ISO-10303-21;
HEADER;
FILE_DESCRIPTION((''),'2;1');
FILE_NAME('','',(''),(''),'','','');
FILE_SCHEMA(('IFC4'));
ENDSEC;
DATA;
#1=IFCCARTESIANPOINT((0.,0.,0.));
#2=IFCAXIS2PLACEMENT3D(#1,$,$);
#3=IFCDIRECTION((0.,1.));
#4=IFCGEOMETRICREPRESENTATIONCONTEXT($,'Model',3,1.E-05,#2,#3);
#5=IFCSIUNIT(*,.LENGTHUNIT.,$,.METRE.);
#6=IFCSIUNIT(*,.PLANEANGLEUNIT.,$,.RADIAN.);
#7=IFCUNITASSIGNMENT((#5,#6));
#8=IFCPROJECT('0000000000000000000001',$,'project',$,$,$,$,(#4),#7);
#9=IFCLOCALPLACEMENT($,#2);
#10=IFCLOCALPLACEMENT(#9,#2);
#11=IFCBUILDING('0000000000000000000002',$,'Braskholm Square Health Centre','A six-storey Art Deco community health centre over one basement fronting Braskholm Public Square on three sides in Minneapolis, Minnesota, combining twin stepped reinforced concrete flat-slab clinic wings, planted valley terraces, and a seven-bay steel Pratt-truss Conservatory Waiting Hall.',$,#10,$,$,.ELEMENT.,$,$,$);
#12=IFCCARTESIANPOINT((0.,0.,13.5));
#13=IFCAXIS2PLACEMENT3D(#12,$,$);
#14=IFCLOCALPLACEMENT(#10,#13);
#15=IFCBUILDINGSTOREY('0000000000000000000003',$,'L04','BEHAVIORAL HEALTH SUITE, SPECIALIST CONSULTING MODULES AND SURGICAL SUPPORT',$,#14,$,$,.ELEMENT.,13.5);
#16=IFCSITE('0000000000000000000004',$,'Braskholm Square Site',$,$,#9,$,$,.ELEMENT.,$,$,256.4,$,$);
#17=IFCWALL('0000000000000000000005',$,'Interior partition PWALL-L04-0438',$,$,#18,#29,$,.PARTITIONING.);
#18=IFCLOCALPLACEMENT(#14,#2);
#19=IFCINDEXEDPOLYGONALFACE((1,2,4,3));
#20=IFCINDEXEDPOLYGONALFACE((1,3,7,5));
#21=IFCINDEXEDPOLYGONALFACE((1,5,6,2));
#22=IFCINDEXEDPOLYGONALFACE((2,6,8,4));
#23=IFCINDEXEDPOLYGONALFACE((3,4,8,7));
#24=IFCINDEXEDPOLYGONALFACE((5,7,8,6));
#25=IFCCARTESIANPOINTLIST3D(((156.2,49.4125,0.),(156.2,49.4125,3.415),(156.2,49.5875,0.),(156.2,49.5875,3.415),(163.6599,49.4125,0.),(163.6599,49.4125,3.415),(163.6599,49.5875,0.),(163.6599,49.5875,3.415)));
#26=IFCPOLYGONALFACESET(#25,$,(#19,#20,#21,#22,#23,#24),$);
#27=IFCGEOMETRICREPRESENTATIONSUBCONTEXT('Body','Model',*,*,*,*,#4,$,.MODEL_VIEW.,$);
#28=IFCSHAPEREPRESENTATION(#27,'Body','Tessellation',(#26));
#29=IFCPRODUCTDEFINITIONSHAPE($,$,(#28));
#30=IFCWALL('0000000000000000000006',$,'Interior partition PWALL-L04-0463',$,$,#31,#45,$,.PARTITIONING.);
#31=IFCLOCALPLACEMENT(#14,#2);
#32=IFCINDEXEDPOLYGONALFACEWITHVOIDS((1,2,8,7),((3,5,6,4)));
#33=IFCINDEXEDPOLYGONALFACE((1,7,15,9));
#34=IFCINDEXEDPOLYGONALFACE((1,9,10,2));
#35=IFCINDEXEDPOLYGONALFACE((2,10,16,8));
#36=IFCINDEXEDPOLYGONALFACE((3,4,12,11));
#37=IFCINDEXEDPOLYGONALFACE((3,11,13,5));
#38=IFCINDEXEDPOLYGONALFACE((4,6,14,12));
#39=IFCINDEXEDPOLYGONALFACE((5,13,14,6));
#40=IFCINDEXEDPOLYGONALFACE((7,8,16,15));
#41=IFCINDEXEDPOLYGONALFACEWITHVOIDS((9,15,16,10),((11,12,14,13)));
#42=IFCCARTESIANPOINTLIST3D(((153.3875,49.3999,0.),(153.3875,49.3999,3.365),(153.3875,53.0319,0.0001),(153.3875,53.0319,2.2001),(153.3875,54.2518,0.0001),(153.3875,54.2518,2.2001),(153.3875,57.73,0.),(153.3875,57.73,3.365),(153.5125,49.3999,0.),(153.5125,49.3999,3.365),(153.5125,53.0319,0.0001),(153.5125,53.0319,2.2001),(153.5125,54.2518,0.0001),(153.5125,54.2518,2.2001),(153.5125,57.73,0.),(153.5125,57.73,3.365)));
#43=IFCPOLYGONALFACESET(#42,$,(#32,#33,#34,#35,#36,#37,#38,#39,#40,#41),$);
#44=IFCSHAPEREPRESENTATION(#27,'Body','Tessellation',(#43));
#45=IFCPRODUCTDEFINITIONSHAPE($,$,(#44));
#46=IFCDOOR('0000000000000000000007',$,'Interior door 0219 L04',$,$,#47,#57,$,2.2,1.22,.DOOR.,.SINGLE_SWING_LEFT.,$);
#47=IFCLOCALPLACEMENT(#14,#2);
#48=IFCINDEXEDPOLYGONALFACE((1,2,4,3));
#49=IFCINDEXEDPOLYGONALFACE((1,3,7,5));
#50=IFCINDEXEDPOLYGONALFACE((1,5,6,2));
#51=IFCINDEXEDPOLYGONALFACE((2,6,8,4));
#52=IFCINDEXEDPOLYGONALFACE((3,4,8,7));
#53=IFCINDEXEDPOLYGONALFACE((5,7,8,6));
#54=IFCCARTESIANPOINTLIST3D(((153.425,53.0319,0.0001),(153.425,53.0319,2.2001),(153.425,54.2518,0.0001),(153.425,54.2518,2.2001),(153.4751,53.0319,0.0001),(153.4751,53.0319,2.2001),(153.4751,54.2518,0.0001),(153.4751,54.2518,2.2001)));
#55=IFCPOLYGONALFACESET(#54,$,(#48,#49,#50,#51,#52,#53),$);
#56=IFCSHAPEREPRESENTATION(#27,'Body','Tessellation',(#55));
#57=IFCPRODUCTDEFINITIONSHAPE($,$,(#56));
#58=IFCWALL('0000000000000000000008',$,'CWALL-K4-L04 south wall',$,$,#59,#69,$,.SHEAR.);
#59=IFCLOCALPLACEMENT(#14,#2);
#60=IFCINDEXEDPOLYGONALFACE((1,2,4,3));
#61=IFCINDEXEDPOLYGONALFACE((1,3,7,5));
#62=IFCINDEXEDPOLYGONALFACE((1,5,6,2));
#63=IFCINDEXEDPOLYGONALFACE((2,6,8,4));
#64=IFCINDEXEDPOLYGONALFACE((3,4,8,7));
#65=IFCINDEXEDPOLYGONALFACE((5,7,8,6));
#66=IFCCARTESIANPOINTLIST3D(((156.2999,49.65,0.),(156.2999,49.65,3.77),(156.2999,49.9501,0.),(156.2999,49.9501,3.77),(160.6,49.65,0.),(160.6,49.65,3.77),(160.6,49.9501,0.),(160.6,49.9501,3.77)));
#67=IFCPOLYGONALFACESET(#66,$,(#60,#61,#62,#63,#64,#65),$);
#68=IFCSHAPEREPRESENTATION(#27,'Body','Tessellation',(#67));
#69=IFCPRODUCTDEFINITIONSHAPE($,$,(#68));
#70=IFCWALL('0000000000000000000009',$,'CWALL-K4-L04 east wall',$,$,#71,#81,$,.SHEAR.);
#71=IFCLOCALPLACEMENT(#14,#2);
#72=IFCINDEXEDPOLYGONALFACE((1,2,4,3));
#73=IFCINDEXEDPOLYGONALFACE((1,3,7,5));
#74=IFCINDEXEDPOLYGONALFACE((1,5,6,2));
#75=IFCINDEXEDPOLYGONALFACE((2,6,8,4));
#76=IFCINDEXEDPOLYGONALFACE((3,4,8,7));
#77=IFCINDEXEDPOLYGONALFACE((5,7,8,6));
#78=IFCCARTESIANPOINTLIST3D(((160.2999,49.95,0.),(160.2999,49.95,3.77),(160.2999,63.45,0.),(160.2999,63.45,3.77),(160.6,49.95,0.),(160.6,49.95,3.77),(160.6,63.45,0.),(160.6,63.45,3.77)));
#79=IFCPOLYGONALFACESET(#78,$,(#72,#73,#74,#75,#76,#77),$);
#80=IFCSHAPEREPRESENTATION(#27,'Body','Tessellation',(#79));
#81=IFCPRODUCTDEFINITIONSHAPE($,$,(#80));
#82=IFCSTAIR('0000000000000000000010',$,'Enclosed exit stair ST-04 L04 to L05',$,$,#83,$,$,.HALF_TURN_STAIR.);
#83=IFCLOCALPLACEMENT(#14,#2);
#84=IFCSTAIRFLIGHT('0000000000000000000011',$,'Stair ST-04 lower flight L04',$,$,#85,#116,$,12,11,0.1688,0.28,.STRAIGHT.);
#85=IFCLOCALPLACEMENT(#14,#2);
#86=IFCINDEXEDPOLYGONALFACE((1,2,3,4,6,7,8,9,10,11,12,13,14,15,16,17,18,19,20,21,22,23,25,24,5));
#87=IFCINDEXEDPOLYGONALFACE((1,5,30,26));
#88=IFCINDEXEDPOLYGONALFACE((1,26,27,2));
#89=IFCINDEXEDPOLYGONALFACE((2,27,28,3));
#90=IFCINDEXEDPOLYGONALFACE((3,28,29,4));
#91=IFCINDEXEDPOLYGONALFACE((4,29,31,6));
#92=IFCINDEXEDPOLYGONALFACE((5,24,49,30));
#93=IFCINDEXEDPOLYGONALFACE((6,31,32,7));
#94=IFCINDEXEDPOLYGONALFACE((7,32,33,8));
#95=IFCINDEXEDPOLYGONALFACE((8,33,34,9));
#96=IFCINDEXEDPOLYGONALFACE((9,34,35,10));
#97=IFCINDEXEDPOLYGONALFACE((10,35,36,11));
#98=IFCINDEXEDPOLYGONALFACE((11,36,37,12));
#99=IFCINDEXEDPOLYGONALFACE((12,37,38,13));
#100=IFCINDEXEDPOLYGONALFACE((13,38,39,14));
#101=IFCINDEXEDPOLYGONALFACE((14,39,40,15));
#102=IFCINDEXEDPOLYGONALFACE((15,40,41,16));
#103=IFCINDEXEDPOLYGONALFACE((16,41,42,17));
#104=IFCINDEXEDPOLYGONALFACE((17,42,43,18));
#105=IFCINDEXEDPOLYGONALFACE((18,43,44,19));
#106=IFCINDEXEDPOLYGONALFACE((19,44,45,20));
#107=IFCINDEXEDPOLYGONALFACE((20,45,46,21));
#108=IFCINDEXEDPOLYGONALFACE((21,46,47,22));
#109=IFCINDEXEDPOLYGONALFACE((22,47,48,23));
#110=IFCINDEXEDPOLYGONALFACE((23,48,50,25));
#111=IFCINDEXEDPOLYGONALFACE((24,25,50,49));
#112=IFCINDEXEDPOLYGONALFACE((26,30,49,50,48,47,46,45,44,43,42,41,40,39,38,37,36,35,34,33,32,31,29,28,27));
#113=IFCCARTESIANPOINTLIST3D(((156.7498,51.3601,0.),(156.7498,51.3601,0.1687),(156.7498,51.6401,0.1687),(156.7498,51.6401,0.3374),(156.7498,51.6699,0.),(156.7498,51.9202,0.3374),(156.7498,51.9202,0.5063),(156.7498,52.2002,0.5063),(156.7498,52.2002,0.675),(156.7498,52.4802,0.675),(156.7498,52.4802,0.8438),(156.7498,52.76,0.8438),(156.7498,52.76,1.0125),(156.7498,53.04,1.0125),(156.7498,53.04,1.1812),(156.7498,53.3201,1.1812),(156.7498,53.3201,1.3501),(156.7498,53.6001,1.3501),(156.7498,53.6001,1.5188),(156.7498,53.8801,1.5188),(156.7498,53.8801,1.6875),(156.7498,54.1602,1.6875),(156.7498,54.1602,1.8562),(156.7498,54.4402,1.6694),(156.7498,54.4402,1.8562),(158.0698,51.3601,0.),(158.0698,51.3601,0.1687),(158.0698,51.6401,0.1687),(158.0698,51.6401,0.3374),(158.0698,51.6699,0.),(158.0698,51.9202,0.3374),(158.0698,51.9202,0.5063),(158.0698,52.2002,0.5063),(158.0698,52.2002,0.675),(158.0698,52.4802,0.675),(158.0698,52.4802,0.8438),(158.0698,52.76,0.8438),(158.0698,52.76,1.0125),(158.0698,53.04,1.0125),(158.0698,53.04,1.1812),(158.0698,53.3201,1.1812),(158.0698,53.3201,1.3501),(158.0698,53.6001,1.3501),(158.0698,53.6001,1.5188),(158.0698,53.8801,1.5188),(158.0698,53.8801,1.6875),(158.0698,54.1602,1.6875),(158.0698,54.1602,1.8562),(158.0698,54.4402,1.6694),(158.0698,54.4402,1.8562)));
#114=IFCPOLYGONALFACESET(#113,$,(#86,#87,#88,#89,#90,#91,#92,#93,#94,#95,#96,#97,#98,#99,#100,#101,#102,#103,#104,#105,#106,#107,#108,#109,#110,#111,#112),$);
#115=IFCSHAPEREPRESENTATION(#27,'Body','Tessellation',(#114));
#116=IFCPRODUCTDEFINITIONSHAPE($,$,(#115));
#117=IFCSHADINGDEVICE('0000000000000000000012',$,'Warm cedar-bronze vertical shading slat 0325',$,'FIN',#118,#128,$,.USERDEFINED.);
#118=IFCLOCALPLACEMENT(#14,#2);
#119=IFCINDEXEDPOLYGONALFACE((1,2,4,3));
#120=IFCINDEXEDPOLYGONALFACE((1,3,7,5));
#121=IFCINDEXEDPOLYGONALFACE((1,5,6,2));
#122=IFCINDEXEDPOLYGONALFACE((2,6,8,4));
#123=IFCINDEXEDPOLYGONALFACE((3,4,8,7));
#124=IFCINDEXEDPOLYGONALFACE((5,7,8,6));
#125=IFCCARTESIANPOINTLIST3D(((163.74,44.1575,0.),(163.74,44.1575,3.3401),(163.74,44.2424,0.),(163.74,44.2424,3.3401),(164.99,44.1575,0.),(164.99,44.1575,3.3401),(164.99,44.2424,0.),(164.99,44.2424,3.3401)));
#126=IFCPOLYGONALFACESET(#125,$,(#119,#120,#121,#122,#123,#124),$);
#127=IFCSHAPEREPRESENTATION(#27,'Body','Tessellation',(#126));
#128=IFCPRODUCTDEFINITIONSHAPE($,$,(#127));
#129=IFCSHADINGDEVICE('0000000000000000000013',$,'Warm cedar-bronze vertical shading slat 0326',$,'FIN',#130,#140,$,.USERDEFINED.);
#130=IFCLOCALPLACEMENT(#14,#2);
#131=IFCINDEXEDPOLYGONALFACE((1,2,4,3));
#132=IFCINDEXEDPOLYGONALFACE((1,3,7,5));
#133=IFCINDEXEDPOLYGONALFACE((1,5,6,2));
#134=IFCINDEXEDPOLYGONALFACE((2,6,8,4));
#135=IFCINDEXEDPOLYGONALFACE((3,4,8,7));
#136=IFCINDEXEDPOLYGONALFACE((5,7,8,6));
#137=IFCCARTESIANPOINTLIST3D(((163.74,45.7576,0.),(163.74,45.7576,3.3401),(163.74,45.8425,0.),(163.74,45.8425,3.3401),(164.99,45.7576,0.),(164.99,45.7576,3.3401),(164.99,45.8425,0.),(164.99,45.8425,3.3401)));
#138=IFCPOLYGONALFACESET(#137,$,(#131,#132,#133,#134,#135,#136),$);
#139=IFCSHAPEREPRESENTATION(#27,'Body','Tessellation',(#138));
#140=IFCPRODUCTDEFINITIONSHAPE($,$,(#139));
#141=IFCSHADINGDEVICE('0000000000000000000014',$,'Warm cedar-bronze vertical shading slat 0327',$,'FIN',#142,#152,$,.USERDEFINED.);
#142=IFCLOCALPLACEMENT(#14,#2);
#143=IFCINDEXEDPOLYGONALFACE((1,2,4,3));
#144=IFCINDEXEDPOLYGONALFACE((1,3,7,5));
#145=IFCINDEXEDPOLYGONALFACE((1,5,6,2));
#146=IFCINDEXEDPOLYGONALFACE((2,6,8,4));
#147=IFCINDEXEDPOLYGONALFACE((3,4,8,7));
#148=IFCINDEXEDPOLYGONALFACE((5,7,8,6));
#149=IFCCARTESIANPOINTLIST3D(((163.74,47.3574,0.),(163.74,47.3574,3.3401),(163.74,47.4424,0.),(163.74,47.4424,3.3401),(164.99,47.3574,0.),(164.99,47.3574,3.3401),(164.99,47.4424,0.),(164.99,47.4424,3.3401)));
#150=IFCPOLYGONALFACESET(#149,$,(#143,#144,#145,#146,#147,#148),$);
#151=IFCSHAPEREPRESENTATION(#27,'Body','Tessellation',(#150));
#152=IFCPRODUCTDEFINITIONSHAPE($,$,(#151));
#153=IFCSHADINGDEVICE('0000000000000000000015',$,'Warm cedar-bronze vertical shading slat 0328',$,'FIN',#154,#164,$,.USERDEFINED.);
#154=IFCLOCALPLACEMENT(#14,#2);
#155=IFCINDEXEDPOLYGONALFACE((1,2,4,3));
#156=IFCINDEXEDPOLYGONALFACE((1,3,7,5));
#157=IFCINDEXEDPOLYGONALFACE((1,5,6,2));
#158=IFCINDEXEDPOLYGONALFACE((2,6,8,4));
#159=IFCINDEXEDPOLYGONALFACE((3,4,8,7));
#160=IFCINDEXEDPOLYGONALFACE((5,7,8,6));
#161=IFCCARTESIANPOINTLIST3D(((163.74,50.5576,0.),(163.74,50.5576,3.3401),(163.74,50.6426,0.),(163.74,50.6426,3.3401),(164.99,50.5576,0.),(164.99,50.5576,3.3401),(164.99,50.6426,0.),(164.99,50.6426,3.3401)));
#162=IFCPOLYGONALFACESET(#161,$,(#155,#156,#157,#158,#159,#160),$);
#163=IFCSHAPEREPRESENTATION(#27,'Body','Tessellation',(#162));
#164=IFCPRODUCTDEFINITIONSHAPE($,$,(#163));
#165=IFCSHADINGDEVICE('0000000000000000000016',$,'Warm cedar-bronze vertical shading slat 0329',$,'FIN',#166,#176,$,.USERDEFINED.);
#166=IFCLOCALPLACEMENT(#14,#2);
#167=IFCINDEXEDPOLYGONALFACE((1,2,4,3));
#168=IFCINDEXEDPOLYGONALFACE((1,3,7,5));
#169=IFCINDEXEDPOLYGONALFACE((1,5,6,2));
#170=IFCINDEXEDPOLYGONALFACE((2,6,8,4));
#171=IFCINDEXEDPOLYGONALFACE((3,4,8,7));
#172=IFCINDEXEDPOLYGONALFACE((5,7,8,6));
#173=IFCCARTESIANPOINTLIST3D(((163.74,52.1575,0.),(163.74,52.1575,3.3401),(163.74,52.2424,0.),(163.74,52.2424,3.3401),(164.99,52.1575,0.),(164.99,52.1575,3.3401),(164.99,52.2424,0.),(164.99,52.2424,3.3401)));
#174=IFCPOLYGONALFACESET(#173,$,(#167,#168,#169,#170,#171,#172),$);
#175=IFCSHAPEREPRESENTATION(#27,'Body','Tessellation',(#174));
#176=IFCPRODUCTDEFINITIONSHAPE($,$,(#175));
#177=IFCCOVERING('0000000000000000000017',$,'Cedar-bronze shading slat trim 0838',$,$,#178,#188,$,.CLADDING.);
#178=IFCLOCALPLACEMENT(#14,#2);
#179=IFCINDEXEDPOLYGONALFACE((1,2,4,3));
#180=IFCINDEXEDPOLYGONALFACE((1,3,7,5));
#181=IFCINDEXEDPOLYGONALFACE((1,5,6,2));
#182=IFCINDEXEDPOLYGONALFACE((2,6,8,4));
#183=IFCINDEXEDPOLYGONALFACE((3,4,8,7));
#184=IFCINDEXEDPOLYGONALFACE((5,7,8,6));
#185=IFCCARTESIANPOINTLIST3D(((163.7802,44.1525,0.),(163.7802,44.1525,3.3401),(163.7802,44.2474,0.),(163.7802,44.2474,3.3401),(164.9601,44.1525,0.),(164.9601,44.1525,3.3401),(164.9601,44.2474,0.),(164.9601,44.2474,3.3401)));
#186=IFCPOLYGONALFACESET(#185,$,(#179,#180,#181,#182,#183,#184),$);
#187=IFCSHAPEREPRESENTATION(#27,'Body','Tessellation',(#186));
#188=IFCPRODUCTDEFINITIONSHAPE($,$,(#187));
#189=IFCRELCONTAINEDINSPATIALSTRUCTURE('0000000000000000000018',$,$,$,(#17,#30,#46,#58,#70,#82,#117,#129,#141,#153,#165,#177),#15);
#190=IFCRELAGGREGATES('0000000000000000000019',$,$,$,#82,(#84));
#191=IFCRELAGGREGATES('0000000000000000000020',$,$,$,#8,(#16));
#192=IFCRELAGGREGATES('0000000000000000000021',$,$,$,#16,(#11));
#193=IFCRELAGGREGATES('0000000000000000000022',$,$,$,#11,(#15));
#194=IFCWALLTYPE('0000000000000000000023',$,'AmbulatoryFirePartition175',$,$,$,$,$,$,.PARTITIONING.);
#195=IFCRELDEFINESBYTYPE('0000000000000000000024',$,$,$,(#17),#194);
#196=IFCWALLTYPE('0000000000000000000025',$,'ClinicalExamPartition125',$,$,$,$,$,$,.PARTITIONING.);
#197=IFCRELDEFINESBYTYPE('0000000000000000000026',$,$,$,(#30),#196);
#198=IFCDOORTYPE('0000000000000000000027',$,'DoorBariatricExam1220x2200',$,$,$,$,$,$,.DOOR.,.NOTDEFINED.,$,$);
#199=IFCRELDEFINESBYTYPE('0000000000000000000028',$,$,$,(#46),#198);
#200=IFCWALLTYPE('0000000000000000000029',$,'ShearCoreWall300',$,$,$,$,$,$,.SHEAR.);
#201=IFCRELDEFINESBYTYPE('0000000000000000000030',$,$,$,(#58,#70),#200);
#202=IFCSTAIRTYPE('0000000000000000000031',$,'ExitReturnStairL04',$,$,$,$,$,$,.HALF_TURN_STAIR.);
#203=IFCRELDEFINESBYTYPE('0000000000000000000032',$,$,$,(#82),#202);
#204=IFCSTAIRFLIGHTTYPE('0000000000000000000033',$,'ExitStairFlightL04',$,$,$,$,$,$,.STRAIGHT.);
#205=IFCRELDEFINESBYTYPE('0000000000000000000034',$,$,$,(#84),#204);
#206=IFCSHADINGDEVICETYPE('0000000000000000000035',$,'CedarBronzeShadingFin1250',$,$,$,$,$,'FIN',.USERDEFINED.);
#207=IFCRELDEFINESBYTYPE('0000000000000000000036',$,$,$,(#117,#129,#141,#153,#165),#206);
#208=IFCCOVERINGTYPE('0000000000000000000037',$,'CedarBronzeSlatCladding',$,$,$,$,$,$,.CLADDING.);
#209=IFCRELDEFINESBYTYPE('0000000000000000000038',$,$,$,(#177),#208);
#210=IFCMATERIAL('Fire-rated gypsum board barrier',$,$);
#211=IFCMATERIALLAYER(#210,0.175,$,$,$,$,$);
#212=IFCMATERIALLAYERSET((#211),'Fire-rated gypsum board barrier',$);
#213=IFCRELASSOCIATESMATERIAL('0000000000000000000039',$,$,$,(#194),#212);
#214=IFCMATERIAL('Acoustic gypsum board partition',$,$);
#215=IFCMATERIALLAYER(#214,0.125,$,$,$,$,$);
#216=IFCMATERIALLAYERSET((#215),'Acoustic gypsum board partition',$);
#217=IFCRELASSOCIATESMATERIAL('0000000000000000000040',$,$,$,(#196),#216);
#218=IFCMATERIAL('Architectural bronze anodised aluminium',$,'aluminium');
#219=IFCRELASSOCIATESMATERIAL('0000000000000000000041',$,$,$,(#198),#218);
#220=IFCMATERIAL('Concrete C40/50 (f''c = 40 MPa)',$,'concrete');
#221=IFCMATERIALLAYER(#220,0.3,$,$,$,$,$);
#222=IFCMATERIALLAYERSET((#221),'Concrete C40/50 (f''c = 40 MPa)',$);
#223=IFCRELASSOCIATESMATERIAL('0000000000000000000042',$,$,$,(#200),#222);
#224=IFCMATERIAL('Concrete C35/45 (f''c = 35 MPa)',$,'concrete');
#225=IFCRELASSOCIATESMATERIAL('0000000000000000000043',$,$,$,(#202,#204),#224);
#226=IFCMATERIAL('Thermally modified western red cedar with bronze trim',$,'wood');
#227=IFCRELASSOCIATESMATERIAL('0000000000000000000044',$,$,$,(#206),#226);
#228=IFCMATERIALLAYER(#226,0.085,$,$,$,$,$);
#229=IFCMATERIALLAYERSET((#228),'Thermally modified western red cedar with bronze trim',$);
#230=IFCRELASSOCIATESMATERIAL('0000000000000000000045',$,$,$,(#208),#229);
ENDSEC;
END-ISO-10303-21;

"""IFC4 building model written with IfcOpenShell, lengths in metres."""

from ifc_helpers import new_model, si_unit, direction, frame, frame_2d, origin, origin_with_axes, origin_2d, place, context, subcontext, project, spatial, polyline, rectangle, outline, extrude, material, layer, layer_set, type_object, element, fill, aggregate, save


model = new_model("IFC4")

# Units and contexts
model_context = context("Model", 3, precision=1e-05, world=origin(), true_north=direction((0.0, 1.0)))
body_context = subcontext(model_context, "Body", "Model", "MODEL_VIEW")
ifc_project = project(units=[si_unit("LENGTHUNIT", "METRE"), si_unit("PLANEANGLEUNIT", "RADIAN")], contexts=[model_context])

# Site, building, storey
site_placement = place(None, origin())
site = spatial("IfcSite", under=ifc_project, at=site_placement, Name="Braskholm Square Site", CompositionType="ELEMENT", RefElevation=256.4)
building_placement = place(site_placement, origin())
building = spatial("IfcBuilding", under=site, at=building_placement, Name="Braskholm Square Health Centre", Description="A six-storey Art Deco community health centre over one basement fronting Braskholm Public Square on three sides in Minneapolis, Minnesota, combining twin stepped reinforced concrete flat-slab clinic wings, planted valley terraces, and a seven-bay steel Pratt-truss Conservatory Waiting Hall.", CompositionType="ELEMENT")
storey_placement = place(building_placement, frame((0.0, 0.0, 13.5)))
storey = spatial("IfcBuildingStorey", under=building, at=storey_placement, Name="L04", Description="BEHAVIORAL HEALTH SUITE, SPECIALIST CONSULTING MODULES AND SURGICAL SUPPORT", CompositionType="ELEMENT", Elevation=13.5)

# Shared definitions
ifc_material_1 = material(Name="Concrete C40/50 (f'c = 40 MPa)", Category="concrete")

# Shared definitions
ifc_material_2 = material(Name="Architectural bronze anodised aluminium", Category="aluminium")

# Shared definitions
ifc_material_3 = material(Name="Concrete C35/45 (f'c = 35 MPa)", Category="concrete")

# Wall
ifc_material_4 = material(Name="Fire-rated gypsum board barrier")
ifc_layer_1 = layer(ifc_material_4, 0.175)
ifc_layer_set_1 = layer_set([ifc_layer_1], Name="Fire-rated gypsum board barrier")
wall_type_1 = type_object("IfcWallType", Name="AmbulatoryFirePartition175", PredefinedType="PARTITIONING", material=ifc_layer_set_1)
wall_1_placement = place(storey_placement, frame((156.2, 49.5, 0.0), z_axis=(0.0, 0.0, 1.0), x_axis=(1.0, 0.0, 0.0)))
element("IfcWall", 1, at=wall_1_placement, inside=storey, type_object=wall_type_1, Name="Interior partition PWALL-L04-0438", PredefinedType="PARTITIONING", context=body_context, shape_type="SweptSolid", body=[
    extrude(rectangle(XDim=7.46, YDim=0.175, at=frame_2d((3.73, 0.0))), origin(), (0.0, 0.0, 1.0), 3.415),
])

# Wall, opening, door
ifc_material_5 = material(Name="Acoustic gypsum board partition")
ifc_layer_2 = layer(ifc_material_5, 0.125)
ifc_layer_set_2 = layer_set([ifc_layer_2], Name="Acoustic gypsum board partition")
wall_type_2 = type_object("IfcWallType", Name="ClinicalExamPartition125", PredefinedType="PARTITIONING", material=ifc_layer_set_2)
wall_2_placement = place(storey_placement, frame((153.45, 49.3999, 0.0), z_axis=(0.0, 0.0, 1.0), x_axis=(0.0, 1.0, 0.0)))
wall_2 = element("IfcWall", 2, at=wall_2_placement, inside=storey, type_object=wall_type_2, Name="Interior partition PWALL-L04-0463", PredefinedType="PARTITIONING", context=body_context, shape_type="SweptSolid", body=[
    extrude(rectangle(XDim=8.3301, YDim=0.125, at=frame_2d((4.165, 0.0))), origin(), (0.0, 0.0, 1.0), 3.365),
])
opening_placement = place(wall_2_placement, frame((3.6321, 0.0, 0.0)))
opening = element("IfcOpeningElement", 3, at=opening_placement, cuts=wall_2, PredefinedType="OPENING", context=body_context, shape_type="SweptSolid", body=[
    extrude(rectangle(XDim=1.22, YDim=2.2, at=frame_2d((0.6099, 1.1001))), frame((0.0, 0.0725, 0.0), z_axis=(0.0, -1.0, 0.0), x_axis=(1.0, 0.0, 0.0)), (0.0, 0.0, 1.0), 0.145),
])
door_type = type_object("IfcDoorType", Name="DoorBariatricExam1220x2200", OperationType="NOTDEFINED", PredefinedType="DOOR", material=ifc_material_2)
door_placement = place(opening_placement, origin_with_axes())
door = element("IfcDoor", 4, at=door_placement, inside=storey, type_object=door_type, Name="Interior door 0219 L04", OperationType="SINGLE_SWING_LEFT", OverallHeight=2.2, OverallWidth=1.22, PredefinedType="DOOR", context=body_context, shape_type="SweptSolid", body=[
    extrude(rectangle(XDim=1.22, YDim=2.2, at=frame_2d((0.6099, 1.1001))), frame((0.0, 0.0249, 0.0), z_axis=(0.0, -1.0, 0.0), x_axis=(1.0, 0.0, 0.0)), (0.0, 0.0, 1.0), 0.05),
])
fill(opening, door)

# Walls
ifc_layer_3 = layer(ifc_material_1, 0.3)
ifc_layer_set_3 = layer_set([ifc_layer_3], Name="Concrete C40/50 (f'c = 40 MPa)")
wall_type_3 = type_object("IfcWallType", Name="ShearCoreWall300", PredefinedType="SHEAR", material=ifc_layer_set_3)
wall_3_placement = place(storey_placement, frame((156.3, 49.8, 0.0), z_axis=(0.0, 0.0, 1.0), x_axis=(1.0, 0.0, 0.0)))
element("IfcWall", 5, at=wall_3_placement, inside=storey, type_object=wall_type_3, Name="CWALL-K4-L04 south wall", PredefinedType="SHEAR", context=body_context, shape_type="SweptSolid", body=[
    extrude(rectangle(XDim=4.3, YDim=0.3, at=frame_2d((2.1499, 0.0))), origin(), (0.0, 0.0, 1.0), 3.77),
])
wall_4_placement = place(storey_placement, frame((160.45, 49.95, 0.0), z_axis=(0.0, 0.0, 1.0), x_axis=(0.0, 1.0, 0.0)))
element("IfcWall", 6, at=wall_4_placement, inside=storey, type_object=wall_type_3, Name="CWALL-K4-L04 east wall", PredefinedType="SHEAR", context=body_context, shape_type="SweptSolid", body=[
    extrude(rectangle(XDim=13.5, YDim=0.3, at=frame_2d((6.75, 0.0))), origin(), (0.0, 0.0, 1.0), 3.77),
])

# Stair, stair flight
stair_type = type_object("IfcStairType", Name="ExitReturnStairL04", PredefinedType="HALF_TURN_STAIR", material=ifc_material_3)
stair_placement = place(storey_placement, origin())
stair = element("IfcStair", 7, at=stair_placement, inside=storey, type_object=stair_type, Name="Enclosed exit stair ST-04 L04 to L05", PredefinedType="HALF_TURN_STAIR")
stair_flight_type = type_object("IfcStairFlightType", Name="ExitStairFlightL04", PredefinedType="STRAIGHT", material=ifc_material_3)
stair_flight_placement = place(storey_placement, frame((157.4099, 51.3601, 0.0), z_axis=(0.0, 0.0, 1.0), x_axis=(0.0, 1.0, 0.0)))
stair_flight = element("IfcStairFlight", 8, at=stair_flight_placement, type_object=stair_flight_type, Name="Stair ST-04 lower flight L04", NumberOfRisers=12, NumberOfTreads=11, PredefinedType="STRAIGHT", RiserHeight=0.1688, TreadLength=0.28, context=body_context, shape_type="SweptSolid", body=[
    extrude(outline(polyline([(0.0, 0.0), (0.0, 0.1687), (0.28, 0.1687), (0.28, 0.3374), (0.5601, 0.3374), (0.5601, 0.5063), (0.8401, 0.5063), (0.8401, 0.675), (1.1201, 0.675), (1.1201, 0.8438), (1.3999, 0.8438), (1.3999, 1.0125), (1.6799, 1.0125), (1.6799, 1.1812), (1.96, 1.1812), (1.96, 1.3501), (2.24, 1.3501), (2.24, 1.5188), (2.52, 1.5188), (2.52, 1.6875), (2.8, 1.6875), (2.8, 1.8562), (3.0801, 1.8562), (3.0801, 2.0249), (3.0801, 1.6694), (0.3098, 0.0), (0.0, 0.0)])), frame((0.0, 0.6602, 0.0), z_axis=(0.0, -1.0, 0.0), x_axis=(1.0, 0.0, 0.0)), (0.0, 0.0, 1.0), 1.3201),
])
aggregate(stair, [stair_flight])

# Shading devices
ifc_material_6 = material(Name="Thermally modified western red cedar with bronze trim", Category="wood")
shading_device_type = type_object("IfcShadingDeviceType", Name="CedarBronzeShadingFin1250", ElementType="FIN", PredefinedType="USERDEFINED", material=ifc_material_6)
for number, where, z_axis, x_axis, name in (
    (9, (164.365, 44.2, 0.0), (0.0, 0.0, 1.0), (1.0, 0.0, 0.0), "Warm cedar-bronze vertical shading slat 0325"),
    (10, (164.365, 45.8, 0.0), (0.0, 0.0, 1.0), (1.0, 0.0, 0.0), "Warm cedar-bronze vertical shading slat 0326"),
    (11, (164.365, 47.3999, 0.0), (0.0, 0.0, 1.0), (1.0, 0.0, 0.0), "Warm cedar-bronze vertical shading slat 0327"),
    (12, (164.365, 50.6001, 0.0), (0.0, 0.0, 1.0), (1.0, 0.0, 0.0), "Warm cedar-bronze vertical shading slat 0328"),
    (13, (164.365, 52.2, 0.0), (0.0, 0.0, 1.0), (1.0, 0.0, 0.0), "Warm cedar-bronze vertical shading slat 0329"),
):
    element("IfcShadingDevice", number, at=place(storey_placement, frame(where, z_axis=z_axis, x_axis=x_axis)), inside=storey, type_object=shading_device_type, Name=name, ObjectType="FIN", PredefinedType="USERDEFINED", context=body_context, shape_type="SweptSolid", body=[
        extrude(rectangle(XDim=1.25, YDim=0.085, at=origin_2d()), origin(), (0.0, 0.0, 1.0), 3.3401),
    ])

# Covering
ifc_layer_4 = layer(ifc_material_6, 0.085)
ifc_layer_set_4 = layer_set([ifc_layer_4], Name="Thermally modified western red cedar with bronze trim")
covering_type_1 = type_object("IfcCoveringType", Name="CedarBronzeSlatCladding", PredefinedType="CLADDING", material=ifc_layer_set_4)
for number, where, z_axis, x_axis, name in (
    (14, (164.3701, 44.2, 0.0), (0.0, 0.0, 1.0), (1.0, 0.0, 0.0), "Cedar-bronze shading slat trim 0838"),
):
    element("IfcCovering", number, at=place(storey_placement, frame(where, z_axis=z_axis, x_axis=x_axis)), inside=storey, type_object=covering_type_1, Name=name, PredefinedType="CLADDING", context=body_context, shape_type="SweptSolid", body=[
        extrude(rectangle(XDim=1.1799, YDim=0.095, at=origin_2d()), origin(), (0.0, 0.0, 1.0), 3.3401),
    ])

save(model, "model.ifc")
